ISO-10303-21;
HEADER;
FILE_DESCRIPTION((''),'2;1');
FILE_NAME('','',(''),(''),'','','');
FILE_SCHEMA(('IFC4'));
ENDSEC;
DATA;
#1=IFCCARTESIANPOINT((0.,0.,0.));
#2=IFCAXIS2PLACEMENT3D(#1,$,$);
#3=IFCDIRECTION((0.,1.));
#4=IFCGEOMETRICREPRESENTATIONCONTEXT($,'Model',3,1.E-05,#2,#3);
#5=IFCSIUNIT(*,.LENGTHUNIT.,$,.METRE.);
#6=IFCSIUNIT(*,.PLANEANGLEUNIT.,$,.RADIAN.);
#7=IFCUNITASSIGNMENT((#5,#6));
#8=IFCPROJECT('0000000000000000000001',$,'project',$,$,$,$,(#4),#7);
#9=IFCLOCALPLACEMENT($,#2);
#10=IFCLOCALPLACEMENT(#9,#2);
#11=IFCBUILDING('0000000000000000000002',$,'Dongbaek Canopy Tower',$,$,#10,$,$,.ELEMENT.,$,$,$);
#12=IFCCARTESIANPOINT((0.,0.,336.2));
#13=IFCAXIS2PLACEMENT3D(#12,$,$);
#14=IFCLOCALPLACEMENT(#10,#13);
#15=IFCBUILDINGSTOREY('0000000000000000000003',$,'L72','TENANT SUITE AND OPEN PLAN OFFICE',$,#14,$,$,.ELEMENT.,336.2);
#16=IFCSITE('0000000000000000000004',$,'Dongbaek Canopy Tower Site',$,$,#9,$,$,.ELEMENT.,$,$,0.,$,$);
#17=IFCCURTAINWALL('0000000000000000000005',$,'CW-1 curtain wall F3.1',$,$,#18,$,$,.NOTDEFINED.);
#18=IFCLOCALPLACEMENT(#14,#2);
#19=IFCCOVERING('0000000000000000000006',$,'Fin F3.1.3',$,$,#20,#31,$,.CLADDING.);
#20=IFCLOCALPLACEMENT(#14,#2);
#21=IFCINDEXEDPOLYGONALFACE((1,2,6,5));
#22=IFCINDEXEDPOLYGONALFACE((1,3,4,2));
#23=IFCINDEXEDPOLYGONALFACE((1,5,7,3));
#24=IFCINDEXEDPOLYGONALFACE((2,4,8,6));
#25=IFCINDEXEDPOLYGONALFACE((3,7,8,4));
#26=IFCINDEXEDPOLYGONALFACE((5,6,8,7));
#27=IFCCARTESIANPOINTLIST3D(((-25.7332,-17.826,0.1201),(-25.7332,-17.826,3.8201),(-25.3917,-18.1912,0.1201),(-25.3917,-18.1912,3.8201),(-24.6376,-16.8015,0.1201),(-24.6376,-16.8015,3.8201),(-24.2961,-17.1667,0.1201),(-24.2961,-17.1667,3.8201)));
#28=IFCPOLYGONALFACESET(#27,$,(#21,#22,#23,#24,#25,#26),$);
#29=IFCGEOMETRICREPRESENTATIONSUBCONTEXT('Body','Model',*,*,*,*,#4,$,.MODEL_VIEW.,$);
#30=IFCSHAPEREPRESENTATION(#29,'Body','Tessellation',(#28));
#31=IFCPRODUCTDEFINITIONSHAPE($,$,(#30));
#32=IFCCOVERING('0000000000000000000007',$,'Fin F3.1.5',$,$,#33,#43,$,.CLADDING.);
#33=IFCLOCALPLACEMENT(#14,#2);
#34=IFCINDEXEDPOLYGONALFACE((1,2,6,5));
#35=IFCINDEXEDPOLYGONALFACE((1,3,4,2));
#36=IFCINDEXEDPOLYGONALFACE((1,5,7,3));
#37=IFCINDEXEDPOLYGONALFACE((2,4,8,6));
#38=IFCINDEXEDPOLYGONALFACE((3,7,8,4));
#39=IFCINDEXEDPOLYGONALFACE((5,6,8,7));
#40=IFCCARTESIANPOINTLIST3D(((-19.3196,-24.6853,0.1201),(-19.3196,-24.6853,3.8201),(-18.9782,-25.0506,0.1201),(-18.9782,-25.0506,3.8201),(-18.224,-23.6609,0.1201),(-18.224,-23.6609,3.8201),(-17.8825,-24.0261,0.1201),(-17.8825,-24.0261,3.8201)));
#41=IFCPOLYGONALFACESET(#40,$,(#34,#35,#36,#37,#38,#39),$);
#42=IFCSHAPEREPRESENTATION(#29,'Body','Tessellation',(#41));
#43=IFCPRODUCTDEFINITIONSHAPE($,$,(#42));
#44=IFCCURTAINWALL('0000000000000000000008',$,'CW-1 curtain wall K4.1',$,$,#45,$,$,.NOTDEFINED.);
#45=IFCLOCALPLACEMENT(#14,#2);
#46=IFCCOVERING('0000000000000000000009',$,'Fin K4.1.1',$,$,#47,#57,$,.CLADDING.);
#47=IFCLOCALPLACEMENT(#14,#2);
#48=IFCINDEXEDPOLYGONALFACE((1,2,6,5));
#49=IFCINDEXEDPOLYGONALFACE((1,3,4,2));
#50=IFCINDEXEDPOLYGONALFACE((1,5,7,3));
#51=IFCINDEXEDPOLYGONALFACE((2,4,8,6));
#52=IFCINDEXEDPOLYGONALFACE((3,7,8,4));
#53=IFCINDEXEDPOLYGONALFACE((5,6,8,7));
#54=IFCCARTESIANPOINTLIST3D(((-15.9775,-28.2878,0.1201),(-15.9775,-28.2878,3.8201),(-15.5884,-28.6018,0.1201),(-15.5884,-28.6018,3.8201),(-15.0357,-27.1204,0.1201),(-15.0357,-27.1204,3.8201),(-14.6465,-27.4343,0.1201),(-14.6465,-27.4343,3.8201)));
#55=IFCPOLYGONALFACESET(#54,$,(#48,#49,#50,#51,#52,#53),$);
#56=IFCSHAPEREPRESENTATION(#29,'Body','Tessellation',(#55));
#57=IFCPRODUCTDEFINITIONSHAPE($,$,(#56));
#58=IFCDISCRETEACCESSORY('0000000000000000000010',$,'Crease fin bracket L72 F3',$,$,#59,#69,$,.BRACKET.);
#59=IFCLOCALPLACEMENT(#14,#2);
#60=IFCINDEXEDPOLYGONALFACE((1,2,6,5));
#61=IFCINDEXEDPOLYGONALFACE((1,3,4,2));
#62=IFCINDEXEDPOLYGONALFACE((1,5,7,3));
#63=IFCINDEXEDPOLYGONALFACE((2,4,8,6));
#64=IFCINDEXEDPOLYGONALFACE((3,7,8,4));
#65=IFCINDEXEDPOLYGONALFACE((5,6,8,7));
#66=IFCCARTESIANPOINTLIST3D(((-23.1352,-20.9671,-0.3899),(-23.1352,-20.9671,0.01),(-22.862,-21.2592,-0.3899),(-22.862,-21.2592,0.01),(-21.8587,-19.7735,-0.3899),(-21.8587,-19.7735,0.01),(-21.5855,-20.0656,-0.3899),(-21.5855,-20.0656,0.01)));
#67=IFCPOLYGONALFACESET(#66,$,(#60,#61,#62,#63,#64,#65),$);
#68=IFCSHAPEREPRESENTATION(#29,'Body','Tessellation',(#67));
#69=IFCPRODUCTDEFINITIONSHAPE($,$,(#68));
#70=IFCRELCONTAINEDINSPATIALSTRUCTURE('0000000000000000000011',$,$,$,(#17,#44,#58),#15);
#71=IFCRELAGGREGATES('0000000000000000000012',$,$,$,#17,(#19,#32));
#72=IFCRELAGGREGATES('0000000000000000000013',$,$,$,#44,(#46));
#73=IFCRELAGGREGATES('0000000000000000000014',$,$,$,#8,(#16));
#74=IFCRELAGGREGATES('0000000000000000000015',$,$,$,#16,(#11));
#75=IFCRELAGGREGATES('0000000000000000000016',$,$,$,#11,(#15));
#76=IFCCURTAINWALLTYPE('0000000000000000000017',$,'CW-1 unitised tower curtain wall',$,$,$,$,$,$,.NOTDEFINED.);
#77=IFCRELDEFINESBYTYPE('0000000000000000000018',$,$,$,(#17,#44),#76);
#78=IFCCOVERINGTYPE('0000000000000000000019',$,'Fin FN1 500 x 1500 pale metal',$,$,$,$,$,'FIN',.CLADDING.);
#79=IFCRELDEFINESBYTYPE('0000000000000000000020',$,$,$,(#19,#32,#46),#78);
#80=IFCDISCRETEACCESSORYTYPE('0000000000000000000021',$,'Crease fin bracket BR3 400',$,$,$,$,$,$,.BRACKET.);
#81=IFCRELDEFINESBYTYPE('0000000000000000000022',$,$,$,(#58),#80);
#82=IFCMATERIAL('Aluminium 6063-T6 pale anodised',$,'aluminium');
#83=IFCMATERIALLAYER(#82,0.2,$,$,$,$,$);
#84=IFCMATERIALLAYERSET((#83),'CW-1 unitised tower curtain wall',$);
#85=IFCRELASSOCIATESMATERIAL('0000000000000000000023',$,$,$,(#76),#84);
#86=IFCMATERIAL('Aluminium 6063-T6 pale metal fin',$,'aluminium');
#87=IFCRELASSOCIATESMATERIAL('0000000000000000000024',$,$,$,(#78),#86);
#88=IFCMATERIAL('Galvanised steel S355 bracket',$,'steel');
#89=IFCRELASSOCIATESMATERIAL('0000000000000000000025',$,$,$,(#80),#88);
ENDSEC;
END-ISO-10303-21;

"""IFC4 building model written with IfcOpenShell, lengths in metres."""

from ifc_helpers import new_model, si_unit, direction, frame, origin, origin_2d, place, context, subcontext, project, spatial, rectangle, extrude, material, layer, layer_set, material_profile, profile_set, type_object, element, aggregate, save


model = new_model("IFC4")

# Units and contexts
model_context = context("Model", 3, precision=1e-05, world=origin(), true_north=direction((0.0, 1.0)))
body_context = subcontext(model_context, "Body", "Model", "MODEL_VIEW")
ifc_project = project(units=[si_unit("LENGTHUNIT", "METRE"), si_unit("PLANEANGLEUNIT", "RADIAN")], contexts=[model_context])

# Site, building, storey
site_placement = place(None, origin())
site = spatial("IfcSite", under=ifc_project, at=site_placement, Name="Dongbaek Canopy Tower Site", CompositionType="ELEMENT", RefElevation=0.0)
building_placement = place(site_placement, origin())
building = spatial("IfcBuilding", under=site, at=building_placement, Name="Dongbaek Canopy Tower", CompositionType="ELEMENT")
storey_placement = place(building_placement, frame((0.0, 0.0, 336.2)))
storey = spatial("IfcBuildingStorey", under=building, at=storey_placement, Name="L72", Description="TENANT SUITE AND OPEN PLAN OFFICE", CompositionType="ELEMENT", Elevation=336.2)

# Curtain wall
ifc_material_1 = material(Name="Aluminium 6063-T6 pale anodised", Category="aluminium")
ifc_layer_1 = layer(ifc_material_1, 0.2)
ifc_layer_set_1 = layer_set([ifc_layer_1], Name="CW-1 unitised tower curtain wall")
curtain_wall_type = type_object("IfcCurtainWallType", Name="CW-1 unitised tower curtain wall", PredefinedType="NOTDEFINED", material=ifc_layer_set_1)
curtain_wall_1_placement = place(storey_placement, origin())
curtain_wall_1 = element("IfcCurtainWall", 1, at=curtain_wall_1_placement, inside=storey, type_object=curtain_wall_type, Name="CW-1 curtain wall F3.1", PredefinedType="NOTDEFINED")

# Coverings
ifc_material_2 = material(Name="Aluminium 6063-T6 pale metal fin", Category="aluminium")
ifc_material_profile_1 = material_profile(ifc_material_2, rectangle(XDim=1.5, YDim=0.5, at=origin_2d()), Name="Fin FN1 500 x 1500 pale metal")
ifc_profile_set_1 = profile_set([ifc_material_profile_1], Name="Aluminium 6063-T6 pale metal fin")
covering_type_1 = type_object("IfcCoveringType", Name="Fin FN1 500 x 1500 pale metal", ElementType="FIN", PredefinedType="CLADDING", material=ifc_profile_set_1)
covering_1_placement = place(storey_placement, frame((-25.0146, -17.4963, 0.1201), z_axis=(0.0, 0.0, 1.0), x_axis=(-0.730438, -0.682979, 0.0)))
covering_1 = element("IfcCovering", 2, at=covering_1_placement, type_object=covering_type_1, Name="Fin F3.1.3", PredefinedType="CLADDING", context=body_context, shape_type="SweptSolid", body=[
    extrude(rectangle(XDim=1.5, YDim=0.5, at=origin_2d()), origin(), (0.0, 0.0, 1.0), 3.7),
])
covering_2_placement = place(storey_placement, frame((-18.6011, -24.3557, 0.1201), z_axis=(0.0, 0.0, 1.0), x_axis=(-0.730438, -0.682979, 0.0)))
covering_2 = element("IfcCovering", 3, at=covering_2_placement, type_object=covering_type_1, Name="Fin F3.1.5", PredefinedType="CLADDING", context=body_context, shape_type="SweptSolid", body=[
    extrude(rectangle(XDim=1.5, YDim=0.5, at=origin_2d()), origin(), (0.0, 0.0, 1.0), 3.7),
])
aggregate(curtain_wall_1, [covering_1, covering_2])

# Curtain wall, covering
curtain_wall_2_placement = place(storey_placement, origin())
curtain_wall_2 = element("IfcCurtainWall", 4, at=curtain_wall_2_placement, inside=storey, type_object=curtain_wall_type, Name="CW-1 curtain wall K4.1", PredefinedType="NOTDEFINED")
covering_3_placement = place(storey_placement, frame((-15.312, -27.8611, 0.1201), z_axis=(0.0, 0.0, 1.0), x_axis=(-0.627904, -0.778291, 0.0)))
covering_3 = element("IfcCovering", 5, at=covering_3_placement, type_object=covering_type_1, Name="Fin K4.1.1", PredefinedType="CLADDING", context=body_context, shape_type="SweptSolid", body=[
    extrude(rectangle(XDim=1.5, YDim=0.5, at=origin_2d()), origin(), (0.0, 0.0, 1.0), 3.7),
])
aggregate(curtain_wall_2, [covering_3])

# Discrete accessory
ifc_material_3 = material(Name="Galvanised steel S355 bracket", Category="steel")
discrete_accessory_type = type_object("IfcDiscreteAccessoryType", Name="Crease fin bracket BR3 400", PredefinedType="BRACKET", material=ifc_material_3)
discrete_accessory_placement = place(storey_placement, frame((-22.3604, -20.5164, -0.3899), z_axis=(0.0, 0.0, 1.0), x_axis=(-0.730439, -0.682978, 0.0)))
element("IfcDiscreteAccessory", 6, at=discrete_accessory_placement, inside=storey, type_object=discrete_accessory_type, Name="Crease fin bracket L72 F3", PredefinedType="BRACKET", context=body_context, shape_type="SweptSolid", body=[
    extrude(rectangle(XDim=1.7476, YDim=0.3999, at=origin_2d()), origin(), (0.0, 0.0, 1.0), 0.3999),
])

save(model, "model.ifc")
